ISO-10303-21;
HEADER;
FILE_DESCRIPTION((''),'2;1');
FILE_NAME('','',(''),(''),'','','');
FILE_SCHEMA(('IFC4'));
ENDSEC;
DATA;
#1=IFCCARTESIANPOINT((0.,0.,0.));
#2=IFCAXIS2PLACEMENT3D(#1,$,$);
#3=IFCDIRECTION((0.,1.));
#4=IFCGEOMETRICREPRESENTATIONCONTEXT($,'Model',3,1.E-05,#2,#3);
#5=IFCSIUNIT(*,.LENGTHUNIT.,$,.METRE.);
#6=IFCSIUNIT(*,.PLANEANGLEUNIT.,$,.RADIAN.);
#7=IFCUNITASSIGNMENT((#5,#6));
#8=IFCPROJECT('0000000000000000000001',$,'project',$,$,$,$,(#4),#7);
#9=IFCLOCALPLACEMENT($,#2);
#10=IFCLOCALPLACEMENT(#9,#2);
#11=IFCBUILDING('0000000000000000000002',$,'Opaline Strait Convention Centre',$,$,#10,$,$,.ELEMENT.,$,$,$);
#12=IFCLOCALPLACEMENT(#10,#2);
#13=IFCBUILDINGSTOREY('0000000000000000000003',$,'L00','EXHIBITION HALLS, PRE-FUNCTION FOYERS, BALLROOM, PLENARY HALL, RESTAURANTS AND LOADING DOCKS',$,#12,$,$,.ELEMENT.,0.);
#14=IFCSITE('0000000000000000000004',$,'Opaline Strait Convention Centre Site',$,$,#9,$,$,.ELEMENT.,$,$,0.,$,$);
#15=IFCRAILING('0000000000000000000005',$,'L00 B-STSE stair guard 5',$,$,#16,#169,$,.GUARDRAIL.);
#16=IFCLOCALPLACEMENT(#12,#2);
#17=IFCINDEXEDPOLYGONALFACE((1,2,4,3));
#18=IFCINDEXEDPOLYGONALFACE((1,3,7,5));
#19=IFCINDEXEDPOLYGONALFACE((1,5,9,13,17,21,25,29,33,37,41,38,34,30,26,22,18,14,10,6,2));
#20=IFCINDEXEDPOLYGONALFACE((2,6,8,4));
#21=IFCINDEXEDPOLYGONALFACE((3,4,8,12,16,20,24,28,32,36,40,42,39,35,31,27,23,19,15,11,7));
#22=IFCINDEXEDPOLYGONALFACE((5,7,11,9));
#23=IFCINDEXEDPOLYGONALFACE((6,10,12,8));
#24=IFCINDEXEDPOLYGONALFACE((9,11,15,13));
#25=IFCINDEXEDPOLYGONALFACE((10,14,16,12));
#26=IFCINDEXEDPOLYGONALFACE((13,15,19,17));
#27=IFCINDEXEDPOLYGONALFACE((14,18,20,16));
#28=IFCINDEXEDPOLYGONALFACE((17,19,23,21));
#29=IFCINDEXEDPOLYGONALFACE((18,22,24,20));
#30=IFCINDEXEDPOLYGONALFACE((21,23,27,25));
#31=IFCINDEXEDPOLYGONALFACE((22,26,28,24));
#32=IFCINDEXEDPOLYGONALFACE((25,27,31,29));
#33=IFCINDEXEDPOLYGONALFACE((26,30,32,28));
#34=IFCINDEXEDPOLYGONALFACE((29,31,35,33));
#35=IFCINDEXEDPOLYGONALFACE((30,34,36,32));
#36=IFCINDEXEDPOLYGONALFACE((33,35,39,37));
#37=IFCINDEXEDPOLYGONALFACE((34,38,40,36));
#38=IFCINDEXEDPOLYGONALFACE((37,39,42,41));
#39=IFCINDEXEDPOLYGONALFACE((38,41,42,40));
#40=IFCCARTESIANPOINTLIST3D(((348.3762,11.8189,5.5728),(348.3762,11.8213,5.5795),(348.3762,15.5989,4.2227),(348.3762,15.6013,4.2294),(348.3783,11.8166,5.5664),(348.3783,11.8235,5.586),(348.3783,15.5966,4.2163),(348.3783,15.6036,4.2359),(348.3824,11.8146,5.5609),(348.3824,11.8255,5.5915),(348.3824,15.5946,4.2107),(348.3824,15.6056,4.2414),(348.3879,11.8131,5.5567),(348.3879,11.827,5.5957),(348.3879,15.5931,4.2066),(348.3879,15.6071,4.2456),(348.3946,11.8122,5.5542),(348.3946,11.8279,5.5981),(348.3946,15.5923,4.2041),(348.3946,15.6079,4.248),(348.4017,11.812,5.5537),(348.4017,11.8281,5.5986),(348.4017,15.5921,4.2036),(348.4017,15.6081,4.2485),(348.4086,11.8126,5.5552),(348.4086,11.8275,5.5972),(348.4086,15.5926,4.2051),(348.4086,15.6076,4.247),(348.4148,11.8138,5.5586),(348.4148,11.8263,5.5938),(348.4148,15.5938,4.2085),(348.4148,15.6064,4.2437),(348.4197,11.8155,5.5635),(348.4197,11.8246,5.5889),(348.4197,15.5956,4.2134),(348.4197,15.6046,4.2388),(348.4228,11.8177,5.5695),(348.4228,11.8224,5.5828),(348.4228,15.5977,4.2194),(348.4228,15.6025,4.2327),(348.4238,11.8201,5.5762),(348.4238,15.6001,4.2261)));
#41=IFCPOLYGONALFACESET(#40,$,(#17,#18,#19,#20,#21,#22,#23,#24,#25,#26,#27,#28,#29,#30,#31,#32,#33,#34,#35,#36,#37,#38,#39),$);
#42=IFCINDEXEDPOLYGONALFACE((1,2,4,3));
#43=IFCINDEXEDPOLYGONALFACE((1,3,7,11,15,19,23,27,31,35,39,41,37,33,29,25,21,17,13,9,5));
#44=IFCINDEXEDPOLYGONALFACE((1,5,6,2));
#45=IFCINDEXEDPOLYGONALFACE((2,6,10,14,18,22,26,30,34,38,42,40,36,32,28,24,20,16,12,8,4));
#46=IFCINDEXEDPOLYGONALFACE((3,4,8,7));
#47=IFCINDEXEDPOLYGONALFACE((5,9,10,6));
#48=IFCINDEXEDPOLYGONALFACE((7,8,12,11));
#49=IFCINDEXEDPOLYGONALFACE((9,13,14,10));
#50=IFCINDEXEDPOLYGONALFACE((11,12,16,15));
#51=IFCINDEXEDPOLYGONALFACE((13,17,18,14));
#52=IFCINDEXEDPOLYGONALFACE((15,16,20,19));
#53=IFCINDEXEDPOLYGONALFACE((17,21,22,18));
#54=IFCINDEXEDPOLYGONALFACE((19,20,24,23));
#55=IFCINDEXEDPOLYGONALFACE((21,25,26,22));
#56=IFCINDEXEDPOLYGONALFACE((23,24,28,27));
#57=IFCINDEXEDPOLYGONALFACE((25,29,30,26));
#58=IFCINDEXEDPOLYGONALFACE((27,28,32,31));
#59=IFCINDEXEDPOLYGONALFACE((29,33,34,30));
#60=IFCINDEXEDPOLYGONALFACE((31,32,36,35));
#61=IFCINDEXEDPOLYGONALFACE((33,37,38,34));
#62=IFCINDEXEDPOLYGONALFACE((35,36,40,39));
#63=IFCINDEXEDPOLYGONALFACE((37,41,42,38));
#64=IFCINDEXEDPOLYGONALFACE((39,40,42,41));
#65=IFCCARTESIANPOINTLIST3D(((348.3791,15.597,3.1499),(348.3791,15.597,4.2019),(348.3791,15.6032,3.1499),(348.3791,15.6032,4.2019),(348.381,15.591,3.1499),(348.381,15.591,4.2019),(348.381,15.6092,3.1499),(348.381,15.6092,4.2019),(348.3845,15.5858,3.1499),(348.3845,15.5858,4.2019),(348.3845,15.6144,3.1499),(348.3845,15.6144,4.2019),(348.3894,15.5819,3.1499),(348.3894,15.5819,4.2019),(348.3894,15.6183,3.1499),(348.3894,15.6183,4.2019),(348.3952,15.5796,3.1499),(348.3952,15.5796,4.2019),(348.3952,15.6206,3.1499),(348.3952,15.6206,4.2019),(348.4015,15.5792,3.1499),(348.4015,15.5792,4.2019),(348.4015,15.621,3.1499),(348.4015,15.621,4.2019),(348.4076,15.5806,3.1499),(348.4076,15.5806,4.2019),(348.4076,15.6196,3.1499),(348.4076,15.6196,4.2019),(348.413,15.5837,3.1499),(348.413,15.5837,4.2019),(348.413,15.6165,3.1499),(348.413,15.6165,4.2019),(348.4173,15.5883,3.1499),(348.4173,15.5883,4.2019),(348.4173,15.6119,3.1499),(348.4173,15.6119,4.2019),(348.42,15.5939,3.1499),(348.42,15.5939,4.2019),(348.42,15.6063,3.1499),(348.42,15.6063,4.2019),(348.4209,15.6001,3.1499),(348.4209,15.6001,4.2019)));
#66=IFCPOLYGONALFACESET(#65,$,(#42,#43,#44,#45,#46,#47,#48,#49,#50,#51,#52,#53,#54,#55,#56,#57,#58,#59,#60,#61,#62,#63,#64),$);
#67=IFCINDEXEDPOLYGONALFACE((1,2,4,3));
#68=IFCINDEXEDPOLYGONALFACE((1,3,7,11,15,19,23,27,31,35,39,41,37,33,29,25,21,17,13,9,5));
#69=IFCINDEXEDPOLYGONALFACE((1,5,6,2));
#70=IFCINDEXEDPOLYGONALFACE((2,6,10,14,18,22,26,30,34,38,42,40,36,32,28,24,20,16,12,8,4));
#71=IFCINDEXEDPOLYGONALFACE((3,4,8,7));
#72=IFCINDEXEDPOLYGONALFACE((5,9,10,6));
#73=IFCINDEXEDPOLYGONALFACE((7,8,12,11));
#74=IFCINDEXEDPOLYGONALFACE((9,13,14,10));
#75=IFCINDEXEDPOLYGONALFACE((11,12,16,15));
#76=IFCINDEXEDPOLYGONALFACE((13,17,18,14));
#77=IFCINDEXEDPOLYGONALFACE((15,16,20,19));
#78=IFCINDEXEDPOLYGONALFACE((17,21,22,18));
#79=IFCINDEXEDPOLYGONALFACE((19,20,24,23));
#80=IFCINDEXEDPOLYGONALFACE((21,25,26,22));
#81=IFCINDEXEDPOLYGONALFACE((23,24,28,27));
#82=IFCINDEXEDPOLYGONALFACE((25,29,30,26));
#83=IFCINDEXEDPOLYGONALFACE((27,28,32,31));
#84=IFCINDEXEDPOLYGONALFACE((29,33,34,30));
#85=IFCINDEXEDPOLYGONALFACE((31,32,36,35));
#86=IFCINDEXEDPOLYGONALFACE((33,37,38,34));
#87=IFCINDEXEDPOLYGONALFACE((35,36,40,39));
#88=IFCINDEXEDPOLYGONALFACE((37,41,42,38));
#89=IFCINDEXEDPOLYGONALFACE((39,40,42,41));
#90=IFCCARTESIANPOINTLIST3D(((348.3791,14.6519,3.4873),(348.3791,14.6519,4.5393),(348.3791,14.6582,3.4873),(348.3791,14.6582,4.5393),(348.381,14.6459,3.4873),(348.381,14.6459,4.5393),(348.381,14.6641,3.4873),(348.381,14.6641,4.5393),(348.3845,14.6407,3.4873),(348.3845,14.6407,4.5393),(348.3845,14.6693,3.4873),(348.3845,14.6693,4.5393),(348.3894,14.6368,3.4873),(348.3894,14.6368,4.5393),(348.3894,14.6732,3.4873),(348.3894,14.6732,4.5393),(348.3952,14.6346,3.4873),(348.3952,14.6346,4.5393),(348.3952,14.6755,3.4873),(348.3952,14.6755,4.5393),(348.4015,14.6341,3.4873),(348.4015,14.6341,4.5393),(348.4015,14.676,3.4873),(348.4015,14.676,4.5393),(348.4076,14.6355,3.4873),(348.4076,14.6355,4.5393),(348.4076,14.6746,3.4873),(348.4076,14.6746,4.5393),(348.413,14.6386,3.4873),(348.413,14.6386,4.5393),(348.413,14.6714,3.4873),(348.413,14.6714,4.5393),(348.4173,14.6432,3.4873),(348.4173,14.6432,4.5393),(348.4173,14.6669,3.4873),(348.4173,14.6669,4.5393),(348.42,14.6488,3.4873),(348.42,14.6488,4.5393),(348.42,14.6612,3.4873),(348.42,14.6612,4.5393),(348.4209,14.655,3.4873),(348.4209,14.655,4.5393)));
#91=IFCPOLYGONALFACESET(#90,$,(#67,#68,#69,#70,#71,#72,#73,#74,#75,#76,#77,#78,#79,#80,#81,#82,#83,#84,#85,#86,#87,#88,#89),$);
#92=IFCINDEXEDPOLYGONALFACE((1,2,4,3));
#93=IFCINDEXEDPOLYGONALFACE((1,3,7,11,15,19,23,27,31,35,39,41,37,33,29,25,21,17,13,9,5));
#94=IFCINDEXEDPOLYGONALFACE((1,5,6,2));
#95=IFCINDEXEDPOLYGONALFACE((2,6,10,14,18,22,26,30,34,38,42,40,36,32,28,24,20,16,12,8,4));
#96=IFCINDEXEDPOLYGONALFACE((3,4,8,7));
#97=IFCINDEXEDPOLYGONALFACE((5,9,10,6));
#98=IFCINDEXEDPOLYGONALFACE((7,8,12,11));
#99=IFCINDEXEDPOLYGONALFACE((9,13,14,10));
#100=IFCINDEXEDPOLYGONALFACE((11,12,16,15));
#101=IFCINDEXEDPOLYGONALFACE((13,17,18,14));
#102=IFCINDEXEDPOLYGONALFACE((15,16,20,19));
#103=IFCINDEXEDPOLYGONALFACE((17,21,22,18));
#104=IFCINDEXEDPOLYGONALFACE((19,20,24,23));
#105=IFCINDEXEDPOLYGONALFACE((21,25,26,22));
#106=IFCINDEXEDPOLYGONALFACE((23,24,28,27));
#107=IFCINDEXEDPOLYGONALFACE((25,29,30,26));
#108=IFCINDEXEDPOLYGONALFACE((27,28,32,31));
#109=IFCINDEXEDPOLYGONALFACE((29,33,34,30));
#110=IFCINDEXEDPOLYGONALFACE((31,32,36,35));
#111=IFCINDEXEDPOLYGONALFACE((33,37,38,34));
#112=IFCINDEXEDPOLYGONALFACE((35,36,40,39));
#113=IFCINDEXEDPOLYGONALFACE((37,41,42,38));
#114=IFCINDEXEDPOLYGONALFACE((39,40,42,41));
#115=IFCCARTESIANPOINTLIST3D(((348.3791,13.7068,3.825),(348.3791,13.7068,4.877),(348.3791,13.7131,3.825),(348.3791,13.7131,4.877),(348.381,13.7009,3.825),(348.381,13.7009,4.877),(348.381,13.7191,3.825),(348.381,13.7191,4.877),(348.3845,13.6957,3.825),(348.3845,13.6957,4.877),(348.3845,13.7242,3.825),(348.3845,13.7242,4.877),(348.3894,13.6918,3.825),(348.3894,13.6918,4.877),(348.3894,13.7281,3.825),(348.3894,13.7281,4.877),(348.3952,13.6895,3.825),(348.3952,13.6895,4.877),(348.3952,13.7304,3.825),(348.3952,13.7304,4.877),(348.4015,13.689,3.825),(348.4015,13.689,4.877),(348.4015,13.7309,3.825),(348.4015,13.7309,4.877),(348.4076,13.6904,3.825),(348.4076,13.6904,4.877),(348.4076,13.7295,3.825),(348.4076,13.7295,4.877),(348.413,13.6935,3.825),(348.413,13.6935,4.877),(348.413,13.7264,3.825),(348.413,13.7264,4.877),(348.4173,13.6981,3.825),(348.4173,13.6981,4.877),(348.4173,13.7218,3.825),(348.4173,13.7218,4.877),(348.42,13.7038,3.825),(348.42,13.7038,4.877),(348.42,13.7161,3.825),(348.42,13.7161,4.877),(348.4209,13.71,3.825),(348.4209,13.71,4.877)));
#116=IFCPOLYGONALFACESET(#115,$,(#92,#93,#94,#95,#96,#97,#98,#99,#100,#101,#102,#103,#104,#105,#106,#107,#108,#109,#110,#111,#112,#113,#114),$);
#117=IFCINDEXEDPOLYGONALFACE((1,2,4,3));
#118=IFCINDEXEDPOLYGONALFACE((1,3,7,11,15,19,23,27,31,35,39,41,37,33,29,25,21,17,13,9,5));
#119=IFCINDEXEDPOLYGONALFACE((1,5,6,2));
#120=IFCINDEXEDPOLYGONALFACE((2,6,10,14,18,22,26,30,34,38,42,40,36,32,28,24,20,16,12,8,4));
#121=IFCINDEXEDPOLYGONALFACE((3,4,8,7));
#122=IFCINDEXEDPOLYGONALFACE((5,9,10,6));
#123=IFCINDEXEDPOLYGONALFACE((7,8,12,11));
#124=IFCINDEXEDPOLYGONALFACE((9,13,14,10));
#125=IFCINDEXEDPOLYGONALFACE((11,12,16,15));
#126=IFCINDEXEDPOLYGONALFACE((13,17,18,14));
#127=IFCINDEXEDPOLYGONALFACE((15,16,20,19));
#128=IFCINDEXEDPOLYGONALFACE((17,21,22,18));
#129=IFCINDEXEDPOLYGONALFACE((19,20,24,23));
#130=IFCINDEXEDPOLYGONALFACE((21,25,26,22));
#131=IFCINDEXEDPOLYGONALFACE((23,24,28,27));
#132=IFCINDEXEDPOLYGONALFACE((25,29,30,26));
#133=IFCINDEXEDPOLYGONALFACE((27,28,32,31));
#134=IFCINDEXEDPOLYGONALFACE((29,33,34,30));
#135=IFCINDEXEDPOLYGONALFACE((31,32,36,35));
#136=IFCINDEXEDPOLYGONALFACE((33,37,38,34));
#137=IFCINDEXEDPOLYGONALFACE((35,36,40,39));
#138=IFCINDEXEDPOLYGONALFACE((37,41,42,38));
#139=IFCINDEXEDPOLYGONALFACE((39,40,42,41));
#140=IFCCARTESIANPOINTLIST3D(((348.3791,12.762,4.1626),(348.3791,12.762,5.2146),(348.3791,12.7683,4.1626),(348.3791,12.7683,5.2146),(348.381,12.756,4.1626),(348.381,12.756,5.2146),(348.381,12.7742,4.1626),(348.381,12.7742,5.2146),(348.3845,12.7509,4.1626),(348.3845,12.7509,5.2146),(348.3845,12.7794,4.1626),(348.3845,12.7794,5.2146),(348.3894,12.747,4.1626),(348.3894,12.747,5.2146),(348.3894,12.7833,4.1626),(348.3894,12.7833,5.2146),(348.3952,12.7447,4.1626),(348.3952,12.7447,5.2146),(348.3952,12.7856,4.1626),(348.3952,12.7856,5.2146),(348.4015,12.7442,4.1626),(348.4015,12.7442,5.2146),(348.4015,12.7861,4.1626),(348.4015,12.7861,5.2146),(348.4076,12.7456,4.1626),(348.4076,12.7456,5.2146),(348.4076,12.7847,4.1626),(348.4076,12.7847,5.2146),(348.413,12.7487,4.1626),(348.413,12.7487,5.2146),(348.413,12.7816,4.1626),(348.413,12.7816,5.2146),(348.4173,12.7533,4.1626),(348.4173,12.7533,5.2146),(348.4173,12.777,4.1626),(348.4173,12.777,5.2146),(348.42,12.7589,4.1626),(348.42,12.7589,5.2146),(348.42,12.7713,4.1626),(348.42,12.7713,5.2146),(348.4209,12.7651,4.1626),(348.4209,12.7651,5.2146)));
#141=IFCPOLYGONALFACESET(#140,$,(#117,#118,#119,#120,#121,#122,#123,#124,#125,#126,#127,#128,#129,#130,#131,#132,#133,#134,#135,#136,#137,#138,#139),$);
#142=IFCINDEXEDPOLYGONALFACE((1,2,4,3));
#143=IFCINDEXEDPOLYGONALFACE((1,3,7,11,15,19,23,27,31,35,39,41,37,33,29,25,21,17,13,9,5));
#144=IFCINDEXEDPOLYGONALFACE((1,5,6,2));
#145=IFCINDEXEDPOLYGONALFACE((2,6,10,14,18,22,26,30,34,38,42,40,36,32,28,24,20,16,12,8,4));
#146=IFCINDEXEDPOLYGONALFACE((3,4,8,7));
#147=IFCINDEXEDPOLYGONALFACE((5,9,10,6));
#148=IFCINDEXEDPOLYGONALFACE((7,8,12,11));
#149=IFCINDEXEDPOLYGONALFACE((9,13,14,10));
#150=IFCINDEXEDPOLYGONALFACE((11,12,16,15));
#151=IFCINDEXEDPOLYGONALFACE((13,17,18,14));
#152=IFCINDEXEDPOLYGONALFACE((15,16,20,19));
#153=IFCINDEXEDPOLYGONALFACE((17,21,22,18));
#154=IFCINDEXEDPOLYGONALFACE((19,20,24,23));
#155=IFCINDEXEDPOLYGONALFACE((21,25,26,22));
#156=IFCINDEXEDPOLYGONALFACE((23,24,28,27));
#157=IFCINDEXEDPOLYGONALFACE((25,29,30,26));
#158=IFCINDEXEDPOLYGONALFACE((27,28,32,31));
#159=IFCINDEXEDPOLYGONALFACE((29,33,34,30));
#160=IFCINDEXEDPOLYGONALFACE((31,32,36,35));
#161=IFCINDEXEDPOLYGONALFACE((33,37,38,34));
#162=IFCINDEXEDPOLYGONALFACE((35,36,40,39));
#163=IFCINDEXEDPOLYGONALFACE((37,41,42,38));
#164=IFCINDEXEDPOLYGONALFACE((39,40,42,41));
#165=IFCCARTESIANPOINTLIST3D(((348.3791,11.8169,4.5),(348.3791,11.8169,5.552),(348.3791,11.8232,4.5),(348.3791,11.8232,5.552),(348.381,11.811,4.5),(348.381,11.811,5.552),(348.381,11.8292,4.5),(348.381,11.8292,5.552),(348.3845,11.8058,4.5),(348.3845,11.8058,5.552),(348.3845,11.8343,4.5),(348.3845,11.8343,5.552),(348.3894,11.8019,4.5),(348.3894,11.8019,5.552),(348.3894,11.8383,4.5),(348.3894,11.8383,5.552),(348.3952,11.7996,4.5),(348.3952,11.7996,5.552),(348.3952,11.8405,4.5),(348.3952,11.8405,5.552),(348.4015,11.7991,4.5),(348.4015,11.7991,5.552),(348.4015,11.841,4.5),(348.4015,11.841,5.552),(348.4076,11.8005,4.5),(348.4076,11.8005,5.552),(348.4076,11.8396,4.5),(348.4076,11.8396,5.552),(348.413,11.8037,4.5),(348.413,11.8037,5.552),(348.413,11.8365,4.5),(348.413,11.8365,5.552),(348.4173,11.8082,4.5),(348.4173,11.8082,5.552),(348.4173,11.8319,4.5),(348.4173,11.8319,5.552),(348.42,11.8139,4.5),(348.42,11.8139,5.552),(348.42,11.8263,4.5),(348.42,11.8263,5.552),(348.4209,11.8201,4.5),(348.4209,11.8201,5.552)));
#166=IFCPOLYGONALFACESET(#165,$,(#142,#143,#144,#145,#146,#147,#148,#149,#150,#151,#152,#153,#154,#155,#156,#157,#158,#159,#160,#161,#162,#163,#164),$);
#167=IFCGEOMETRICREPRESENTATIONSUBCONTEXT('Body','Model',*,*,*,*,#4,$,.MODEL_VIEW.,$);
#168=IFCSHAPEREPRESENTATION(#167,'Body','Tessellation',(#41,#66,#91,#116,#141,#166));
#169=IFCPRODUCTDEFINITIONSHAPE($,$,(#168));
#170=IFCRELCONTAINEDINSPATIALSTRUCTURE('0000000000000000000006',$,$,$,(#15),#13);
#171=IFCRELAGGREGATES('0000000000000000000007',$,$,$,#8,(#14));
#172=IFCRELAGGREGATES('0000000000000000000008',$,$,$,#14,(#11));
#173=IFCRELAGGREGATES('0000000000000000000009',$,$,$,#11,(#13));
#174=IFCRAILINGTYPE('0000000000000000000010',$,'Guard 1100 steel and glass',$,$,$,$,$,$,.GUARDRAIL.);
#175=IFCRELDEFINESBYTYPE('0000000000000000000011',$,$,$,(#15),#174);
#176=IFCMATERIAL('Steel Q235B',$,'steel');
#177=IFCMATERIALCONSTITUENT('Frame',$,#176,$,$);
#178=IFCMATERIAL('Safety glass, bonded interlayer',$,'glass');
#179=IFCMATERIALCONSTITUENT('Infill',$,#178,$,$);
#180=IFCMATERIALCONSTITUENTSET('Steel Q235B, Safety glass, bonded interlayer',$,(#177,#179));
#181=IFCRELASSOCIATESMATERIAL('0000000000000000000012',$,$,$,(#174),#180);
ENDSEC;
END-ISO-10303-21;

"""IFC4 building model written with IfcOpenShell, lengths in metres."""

from ifc_helpers import new_model, si_unit, direction, frame, origin, origin_2d, place, context, subcontext, project, spatial, circle, extrude, material, constituent, constituent_set, type_object, element, save


model = new_model("IFC4")

# Units and contexts
model_context = context("Model", 3, precision=1e-05, world=origin(), true_north=direction((0.0, 1.0)))
body_context = subcontext(model_context, "Body", "Model", "MODEL_VIEW")
ifc_project = project(units=[si_unit("LENGTHUNIT", "METRE"), si_unit("PLANEANGLEUNIT", "RADIAN")], contexts=[model_context])

# Site, building, storey
site_placement = place(None, origin())
site = spatial("IfcSite", under=ifc_project, at=site_placement, Name="Opaline Strait Convention Centre Site", CompositionType="ELEMENT", RefElevation=0.0)
building_placement = place(site_placement, origin())
building = spatial("IfcBuilding", under=site, at=building_placement, Name="Opaline Strait Convention Centre", CompositionType="ELEMENT")
storey_placement = place(building_placement, origin())
storey = spatial("IfcBuildingStorey", under=building, at=storey_placement, Name="L00", Description="EXHIBITION HALLS, PRE-FUNCTION FOYERS, BALLROOM, PLENARY HALL, RESTAURANTS AND LOADING DOCKS", CompositionType="ELEMENT", Elevation=0.0)

# Shared definitions
ifc_material_1 = material(Name="Steel Q235B", Category="steel")

# Railing
ifc_constituent_1 = constituent(ifc_material_1, Name="Frame")
ifc_material_2 = material(Name="Safety glass, bonded interlayer", Category="glass")
ifc_constituent_2 = constituent(ifc_material_2, Name="Infill")
ifc_constituent_set = constituent_set(constituents=[ifc_constituent_1, ifc_constituent_2], Name="Steel Q235B, Safety glass, bonded interlayer")
railing_type_1 = type_object("IfcRailingType", Name="Guard 1100 steel and glass", PredefinedType="GUARDRAIL", material=ifc_constituent_set)
railing_1_placement = place(storey_placement, frame((348.3999, 15.6001, 3.1499)))
element("IfcRailing", 1, at=railing_1_placement, inside=storey, type_object=railing_type_1, Name="L00 B-STSE stair guard 5", PredefinedType="GUARDRAIL", context=body_context, shape_type="SweptSolid", body=[
    extrude(circle(Radius=0.0239, at=origin_2d()), frame((0.0, 0.0, 1.0762), z_axis=(0.0, -0.941735, 0.336356), x_axis=(1.0, 0.0, 0.0)), (0.0, 0.0, 1.0), 4.0139),
    extrude(circle(Radius=0.021, at=origin_2d()), origin(), (0.0, 0.0, 1.0), 1.052),
    extrude(circle(Radius=0.021, at=origin_2d()), frame((0.0, -0.9451, 0.3374)), (0.0, 0.0, 1.0), 1.052),
    extrude(circle(Radius=0.021, at=origin_2d()), frame((0.0, -1.8901, 0.675)), (0.0, 0.0, 1.0), 1.052),
    extrude(circle(Radius=0.021, at=origin_2d()), frame((0.0, -2.835, 1.0127)), (0.0, 0.0, 1.0), 1.052),
    extrude(circle(Radius=0.021, at=origin_2d()), frame((0.0, -3.78, 1.3501)), (0.0, 0.0, 1.0), 1.052),
])

save(model, "model.ifc")
